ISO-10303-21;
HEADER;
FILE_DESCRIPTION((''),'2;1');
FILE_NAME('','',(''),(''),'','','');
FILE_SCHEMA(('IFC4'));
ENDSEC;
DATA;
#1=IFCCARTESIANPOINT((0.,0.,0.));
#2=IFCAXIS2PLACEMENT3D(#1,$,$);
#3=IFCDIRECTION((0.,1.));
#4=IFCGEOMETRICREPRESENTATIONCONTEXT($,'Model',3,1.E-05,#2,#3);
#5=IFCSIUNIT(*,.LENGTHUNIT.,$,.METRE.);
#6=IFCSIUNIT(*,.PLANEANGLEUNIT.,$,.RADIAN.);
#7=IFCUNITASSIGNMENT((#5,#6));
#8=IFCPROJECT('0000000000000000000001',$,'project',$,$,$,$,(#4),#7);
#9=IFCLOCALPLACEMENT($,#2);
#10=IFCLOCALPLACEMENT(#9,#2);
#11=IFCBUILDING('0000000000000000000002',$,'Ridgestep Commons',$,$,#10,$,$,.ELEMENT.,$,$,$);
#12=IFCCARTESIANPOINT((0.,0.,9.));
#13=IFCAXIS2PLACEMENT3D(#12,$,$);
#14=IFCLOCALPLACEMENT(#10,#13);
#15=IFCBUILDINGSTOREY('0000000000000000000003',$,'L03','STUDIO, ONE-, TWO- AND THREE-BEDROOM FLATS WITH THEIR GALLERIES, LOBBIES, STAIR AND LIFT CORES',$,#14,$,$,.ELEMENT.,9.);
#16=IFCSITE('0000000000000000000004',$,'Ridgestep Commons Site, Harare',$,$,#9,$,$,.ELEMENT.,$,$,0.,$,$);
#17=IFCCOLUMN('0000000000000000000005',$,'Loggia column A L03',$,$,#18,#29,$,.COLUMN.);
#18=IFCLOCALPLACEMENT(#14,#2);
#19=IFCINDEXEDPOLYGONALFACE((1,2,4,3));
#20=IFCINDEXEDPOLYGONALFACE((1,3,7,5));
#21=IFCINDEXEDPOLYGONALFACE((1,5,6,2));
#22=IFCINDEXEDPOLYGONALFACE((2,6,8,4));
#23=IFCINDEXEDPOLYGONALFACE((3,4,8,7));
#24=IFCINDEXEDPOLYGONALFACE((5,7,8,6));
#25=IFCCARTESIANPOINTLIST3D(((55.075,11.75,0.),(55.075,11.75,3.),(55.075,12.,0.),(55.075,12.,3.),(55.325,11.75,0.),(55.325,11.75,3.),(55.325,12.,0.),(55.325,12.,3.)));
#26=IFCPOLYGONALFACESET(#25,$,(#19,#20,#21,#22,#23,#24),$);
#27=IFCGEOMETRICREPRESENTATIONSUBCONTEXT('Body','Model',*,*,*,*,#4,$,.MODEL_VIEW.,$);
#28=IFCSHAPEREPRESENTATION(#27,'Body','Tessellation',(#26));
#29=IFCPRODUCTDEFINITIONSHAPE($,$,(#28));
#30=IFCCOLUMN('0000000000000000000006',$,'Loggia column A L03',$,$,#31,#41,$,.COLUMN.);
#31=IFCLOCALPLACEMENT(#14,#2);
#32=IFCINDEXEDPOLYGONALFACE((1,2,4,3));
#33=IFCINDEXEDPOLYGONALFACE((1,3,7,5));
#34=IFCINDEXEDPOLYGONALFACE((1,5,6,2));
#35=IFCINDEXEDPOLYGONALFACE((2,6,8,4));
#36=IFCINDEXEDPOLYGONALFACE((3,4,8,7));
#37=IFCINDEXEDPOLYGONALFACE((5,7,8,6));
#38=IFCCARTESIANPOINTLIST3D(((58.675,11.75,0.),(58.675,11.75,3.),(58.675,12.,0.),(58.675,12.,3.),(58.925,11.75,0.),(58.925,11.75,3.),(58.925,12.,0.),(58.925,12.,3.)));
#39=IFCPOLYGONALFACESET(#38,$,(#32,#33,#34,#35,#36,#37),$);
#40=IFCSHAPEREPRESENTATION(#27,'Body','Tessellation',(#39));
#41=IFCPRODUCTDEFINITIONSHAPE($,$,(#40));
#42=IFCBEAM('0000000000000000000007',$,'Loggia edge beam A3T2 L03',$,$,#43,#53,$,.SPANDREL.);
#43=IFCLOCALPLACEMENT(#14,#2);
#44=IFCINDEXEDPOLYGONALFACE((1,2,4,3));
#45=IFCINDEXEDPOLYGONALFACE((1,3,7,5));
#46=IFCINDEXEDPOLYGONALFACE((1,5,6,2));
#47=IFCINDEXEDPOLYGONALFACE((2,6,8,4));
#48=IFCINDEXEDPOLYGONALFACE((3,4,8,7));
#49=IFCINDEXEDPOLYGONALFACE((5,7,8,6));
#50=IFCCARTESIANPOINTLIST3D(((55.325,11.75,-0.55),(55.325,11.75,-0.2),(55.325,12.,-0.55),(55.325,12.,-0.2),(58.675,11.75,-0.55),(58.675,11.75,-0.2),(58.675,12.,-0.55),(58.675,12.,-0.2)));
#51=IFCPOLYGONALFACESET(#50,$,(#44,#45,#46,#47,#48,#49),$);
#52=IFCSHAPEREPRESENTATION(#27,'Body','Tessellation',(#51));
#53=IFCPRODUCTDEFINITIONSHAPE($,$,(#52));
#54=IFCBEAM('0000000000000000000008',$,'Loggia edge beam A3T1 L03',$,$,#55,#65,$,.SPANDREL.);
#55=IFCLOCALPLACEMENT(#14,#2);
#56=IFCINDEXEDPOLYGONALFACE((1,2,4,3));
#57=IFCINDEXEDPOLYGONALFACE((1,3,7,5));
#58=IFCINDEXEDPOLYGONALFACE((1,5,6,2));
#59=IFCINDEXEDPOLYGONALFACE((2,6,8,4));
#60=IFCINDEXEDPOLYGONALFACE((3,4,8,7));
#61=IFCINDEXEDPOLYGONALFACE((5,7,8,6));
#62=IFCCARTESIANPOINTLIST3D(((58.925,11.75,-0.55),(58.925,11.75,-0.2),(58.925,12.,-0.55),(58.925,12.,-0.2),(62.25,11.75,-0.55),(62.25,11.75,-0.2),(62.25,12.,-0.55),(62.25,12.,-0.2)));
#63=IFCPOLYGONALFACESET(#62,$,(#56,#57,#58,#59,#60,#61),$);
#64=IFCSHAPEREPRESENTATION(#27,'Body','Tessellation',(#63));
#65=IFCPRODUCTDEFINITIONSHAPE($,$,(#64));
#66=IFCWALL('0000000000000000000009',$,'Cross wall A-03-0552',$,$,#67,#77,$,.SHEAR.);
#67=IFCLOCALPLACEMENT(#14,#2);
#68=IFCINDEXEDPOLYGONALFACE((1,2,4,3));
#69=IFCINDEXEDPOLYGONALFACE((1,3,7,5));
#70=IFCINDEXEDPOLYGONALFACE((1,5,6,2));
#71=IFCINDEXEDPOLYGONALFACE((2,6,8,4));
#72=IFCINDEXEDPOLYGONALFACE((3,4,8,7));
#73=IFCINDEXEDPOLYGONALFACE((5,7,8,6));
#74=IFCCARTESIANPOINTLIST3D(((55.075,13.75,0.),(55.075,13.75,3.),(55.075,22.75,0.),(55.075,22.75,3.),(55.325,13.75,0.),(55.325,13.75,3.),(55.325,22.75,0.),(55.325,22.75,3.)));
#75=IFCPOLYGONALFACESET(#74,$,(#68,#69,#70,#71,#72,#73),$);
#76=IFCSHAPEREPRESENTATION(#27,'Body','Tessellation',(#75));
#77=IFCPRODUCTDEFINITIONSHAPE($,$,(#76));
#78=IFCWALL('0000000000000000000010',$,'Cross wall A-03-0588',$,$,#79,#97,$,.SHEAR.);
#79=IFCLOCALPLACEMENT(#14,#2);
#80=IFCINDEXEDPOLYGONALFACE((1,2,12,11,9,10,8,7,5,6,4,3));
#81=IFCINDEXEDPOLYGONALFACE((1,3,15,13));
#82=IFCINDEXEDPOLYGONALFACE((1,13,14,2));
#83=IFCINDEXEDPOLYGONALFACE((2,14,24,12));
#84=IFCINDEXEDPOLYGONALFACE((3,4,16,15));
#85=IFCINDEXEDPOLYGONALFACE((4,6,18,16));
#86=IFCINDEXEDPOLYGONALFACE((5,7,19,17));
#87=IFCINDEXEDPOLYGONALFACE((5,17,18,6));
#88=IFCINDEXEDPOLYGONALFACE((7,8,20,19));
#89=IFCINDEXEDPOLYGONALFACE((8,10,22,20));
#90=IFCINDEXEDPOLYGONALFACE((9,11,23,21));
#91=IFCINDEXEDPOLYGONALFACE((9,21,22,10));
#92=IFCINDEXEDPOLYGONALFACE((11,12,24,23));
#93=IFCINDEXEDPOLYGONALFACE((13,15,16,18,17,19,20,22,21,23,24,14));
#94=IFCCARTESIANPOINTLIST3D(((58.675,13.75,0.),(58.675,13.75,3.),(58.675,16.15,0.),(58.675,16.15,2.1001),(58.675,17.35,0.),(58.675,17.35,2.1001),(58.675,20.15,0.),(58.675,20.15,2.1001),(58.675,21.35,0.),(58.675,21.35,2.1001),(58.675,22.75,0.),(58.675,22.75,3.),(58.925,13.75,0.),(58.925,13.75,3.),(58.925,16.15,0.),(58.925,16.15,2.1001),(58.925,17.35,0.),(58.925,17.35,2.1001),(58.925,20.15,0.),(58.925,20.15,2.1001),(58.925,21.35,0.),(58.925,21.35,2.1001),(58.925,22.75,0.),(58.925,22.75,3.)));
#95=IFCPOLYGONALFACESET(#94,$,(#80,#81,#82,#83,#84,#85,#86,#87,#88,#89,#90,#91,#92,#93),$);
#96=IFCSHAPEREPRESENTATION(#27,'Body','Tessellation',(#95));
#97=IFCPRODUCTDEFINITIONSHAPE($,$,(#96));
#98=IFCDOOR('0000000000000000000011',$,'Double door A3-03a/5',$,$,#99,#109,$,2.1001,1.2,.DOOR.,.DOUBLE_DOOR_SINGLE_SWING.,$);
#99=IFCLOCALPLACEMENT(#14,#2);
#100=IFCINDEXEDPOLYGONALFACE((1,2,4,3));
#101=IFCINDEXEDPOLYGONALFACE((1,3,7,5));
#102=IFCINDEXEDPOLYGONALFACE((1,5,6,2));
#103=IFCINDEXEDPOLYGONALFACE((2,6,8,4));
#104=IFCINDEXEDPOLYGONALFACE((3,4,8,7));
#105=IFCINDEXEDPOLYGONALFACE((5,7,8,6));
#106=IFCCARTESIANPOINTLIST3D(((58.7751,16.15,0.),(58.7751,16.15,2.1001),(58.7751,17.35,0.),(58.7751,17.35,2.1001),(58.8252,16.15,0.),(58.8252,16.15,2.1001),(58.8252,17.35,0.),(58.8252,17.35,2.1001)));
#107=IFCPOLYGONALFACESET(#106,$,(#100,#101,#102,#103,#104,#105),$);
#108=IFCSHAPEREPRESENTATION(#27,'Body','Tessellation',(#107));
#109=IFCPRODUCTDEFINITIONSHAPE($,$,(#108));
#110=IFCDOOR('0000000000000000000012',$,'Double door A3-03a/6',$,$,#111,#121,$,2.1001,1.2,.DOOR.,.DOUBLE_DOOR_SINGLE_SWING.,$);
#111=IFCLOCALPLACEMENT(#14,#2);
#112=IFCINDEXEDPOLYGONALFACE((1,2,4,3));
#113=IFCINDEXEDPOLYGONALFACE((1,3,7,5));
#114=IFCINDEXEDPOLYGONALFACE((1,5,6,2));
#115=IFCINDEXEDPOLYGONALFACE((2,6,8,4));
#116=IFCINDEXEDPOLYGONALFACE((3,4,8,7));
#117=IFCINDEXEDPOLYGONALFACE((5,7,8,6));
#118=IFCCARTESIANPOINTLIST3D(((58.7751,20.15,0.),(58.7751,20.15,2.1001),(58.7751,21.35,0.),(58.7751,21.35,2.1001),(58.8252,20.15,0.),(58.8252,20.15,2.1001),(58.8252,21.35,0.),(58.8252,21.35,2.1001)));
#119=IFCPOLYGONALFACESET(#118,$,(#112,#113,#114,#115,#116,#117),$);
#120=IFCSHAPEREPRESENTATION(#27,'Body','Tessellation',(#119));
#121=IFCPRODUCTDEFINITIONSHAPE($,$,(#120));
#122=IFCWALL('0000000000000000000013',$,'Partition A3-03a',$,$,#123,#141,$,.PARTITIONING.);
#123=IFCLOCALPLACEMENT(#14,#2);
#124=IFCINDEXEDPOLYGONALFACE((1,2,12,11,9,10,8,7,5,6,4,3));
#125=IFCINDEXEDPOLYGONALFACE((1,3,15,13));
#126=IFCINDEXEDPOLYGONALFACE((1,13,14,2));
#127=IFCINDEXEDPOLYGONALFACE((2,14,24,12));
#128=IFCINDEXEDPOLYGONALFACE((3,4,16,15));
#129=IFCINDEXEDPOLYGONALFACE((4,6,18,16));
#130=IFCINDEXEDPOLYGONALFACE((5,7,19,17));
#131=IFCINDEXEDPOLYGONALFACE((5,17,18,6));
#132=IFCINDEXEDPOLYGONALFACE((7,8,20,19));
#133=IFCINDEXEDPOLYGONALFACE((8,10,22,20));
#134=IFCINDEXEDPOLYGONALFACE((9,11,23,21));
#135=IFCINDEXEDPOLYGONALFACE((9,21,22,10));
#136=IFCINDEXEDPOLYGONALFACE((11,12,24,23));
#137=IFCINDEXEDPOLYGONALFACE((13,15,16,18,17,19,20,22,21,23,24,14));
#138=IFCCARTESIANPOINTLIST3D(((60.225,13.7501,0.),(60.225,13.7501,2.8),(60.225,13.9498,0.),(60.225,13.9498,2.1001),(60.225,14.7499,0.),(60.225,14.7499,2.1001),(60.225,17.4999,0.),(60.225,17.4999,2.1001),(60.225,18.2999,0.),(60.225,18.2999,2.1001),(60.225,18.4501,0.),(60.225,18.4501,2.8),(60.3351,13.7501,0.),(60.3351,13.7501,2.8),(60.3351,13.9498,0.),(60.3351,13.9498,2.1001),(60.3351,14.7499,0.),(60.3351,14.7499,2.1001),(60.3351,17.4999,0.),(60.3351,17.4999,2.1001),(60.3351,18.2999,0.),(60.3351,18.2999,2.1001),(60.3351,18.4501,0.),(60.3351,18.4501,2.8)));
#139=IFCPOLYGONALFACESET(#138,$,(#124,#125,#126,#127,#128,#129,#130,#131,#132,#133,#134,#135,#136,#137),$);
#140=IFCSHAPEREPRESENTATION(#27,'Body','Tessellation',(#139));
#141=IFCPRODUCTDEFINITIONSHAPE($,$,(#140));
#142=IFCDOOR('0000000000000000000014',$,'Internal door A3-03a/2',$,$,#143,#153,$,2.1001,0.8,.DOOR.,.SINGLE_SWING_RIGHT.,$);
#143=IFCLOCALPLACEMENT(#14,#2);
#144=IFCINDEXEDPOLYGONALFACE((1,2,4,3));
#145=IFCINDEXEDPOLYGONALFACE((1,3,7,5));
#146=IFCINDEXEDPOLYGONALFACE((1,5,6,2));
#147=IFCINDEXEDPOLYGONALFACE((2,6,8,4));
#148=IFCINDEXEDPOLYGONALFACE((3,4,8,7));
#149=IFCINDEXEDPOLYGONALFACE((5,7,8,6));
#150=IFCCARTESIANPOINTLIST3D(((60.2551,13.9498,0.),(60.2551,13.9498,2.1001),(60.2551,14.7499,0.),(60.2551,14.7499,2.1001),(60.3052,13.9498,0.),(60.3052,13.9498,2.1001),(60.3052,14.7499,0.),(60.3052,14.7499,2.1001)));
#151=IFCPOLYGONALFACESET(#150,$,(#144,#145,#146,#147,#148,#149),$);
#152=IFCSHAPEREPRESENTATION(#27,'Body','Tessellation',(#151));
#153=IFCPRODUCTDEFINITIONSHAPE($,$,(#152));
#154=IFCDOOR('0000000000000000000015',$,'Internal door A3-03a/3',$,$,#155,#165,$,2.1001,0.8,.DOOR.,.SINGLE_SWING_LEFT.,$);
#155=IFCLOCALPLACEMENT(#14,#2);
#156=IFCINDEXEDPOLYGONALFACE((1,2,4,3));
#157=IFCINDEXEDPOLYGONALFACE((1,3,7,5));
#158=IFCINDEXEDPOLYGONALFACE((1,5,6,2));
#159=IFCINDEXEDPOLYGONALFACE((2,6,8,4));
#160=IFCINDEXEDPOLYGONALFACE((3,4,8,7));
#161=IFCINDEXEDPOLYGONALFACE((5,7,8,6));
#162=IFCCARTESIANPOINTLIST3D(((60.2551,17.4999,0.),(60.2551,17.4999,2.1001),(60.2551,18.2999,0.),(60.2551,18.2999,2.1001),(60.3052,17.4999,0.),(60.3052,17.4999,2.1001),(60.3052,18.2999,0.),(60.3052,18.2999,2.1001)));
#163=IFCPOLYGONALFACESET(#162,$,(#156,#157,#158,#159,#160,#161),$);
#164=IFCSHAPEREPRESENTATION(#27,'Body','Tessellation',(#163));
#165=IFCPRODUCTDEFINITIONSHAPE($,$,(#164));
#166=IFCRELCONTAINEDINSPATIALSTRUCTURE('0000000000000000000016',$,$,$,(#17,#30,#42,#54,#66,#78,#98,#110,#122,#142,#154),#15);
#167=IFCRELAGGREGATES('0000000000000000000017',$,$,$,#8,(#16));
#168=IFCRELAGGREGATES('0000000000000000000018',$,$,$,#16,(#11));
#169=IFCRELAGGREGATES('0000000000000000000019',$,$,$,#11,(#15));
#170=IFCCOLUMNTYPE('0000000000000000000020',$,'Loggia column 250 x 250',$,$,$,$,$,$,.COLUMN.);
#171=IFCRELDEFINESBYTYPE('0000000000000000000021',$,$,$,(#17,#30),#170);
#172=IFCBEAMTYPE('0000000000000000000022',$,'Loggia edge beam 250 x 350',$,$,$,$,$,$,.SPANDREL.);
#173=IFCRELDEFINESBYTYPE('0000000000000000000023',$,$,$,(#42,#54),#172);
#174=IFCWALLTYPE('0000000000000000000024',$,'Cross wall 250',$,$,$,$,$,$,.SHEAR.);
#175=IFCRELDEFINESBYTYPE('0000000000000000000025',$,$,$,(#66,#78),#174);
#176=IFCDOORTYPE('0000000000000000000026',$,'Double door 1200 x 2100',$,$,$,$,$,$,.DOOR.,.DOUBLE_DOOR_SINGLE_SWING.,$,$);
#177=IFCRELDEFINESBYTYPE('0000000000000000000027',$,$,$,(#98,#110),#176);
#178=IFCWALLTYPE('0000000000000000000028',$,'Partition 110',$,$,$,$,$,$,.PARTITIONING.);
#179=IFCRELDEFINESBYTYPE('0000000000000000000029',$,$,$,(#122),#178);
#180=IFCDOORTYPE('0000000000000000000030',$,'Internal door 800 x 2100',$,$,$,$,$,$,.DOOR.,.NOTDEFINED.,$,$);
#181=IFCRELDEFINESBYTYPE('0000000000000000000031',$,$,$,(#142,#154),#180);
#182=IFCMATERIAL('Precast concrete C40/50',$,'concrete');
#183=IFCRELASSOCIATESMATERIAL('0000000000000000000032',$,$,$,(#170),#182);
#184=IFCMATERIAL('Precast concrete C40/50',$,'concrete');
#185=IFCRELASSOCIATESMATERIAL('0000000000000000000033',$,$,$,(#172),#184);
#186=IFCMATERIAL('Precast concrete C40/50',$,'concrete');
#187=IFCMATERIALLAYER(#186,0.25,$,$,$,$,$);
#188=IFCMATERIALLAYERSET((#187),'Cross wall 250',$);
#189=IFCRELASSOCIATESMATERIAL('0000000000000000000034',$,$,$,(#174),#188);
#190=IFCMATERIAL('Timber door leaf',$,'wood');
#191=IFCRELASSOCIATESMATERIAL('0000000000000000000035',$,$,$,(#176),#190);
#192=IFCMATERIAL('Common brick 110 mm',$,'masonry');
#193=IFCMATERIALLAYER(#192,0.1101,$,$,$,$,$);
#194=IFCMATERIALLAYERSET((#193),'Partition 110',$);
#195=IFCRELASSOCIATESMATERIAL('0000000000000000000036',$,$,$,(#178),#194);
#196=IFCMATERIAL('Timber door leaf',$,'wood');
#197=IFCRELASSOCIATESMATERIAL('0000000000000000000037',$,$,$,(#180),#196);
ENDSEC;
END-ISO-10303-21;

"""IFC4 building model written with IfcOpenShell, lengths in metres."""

from ifc_helpers import new_model, si_unit, direction, frame, frame_2d, origin, origin_2d, place, context, subcontext, project, spatial, rectangle, extrude, material, layer, layer_set, material_profile, profile_set, type_object, element, fill, save


model = new_model("IFC4")

# Units and contexts
model_context = context("Model", 3, precision=1e-05, world=origin(), true_north=direction((0.0, 1.0)))
body_context = subcontext(model_context, "Body", "Model", "MODEL_VIEW")
ifc_project = project(units=[si_unit("LENGTHUNIT", "METRE"), si_unit("PLANEANGLEUNIT", "RADIAN")], contexts=[model_context])

# Site, building, storey
site_placement = place(None, origin())
site = spatial("IfcSite", under=ifc_project, at=site_placement, Name="Ridgestep Commons Site, Harare", CompositionType="ELEMENT", RefElevation=0.0)
building_placement = place(site_placement, origin())
building = spatial("IfcBuilding", under=site, at=building_placement, Name="Ridgestep Commons", CompositionType="ELEMENT")
storey_placement = place(building_placement, frame((0.0, 0.0, 9.0)))
storey = spatial("IfcBuildingStorey", under=building, at=storey_placement, Name="L03", Description="STUDIO, ONE-, TWO- AND THREE-BEDROOM FLATS WITH THEIR GALLERIES, LOBBIES, STAIR AND LIFT CORES", CompositionType="ELEMENT", Elevation=9.0)

# Columns
ifc_material_1 = material(Name="Precast concrete C40/50", Category="concrete")
ifc_material_profile_1 = material_profile(ifc_material_1, rectangle(XDim=0.25, YDim=0.25, at=origin_2d()), Name="PC 250x250")
ifc_profile_set_1 = profile_set([ifc_material_profile_1], Name="Precast concrete C40/50")
column_type = type_object("IfcColumnType", Name="Loggia column 250 x 250", PredefinedType="COLUMN", material=ifc_profile_set_1)
for number, where, z_axis, x_axis, name in (
    (1, (55.2, 11.875, 0.0), (0.0, 0.0, 1.0), (1.0, 0.0, 0.0), "Loggia column A L03"),
    (2, (58.8, 11.875, 0.0), (0.0, 0.0, 1.0), (1.0, 0.0, 0.0), "Loggia column A L03"),
):
    element("IfcColumn", number, at=place(storey_placement, frame(where, z_axis=z_axis, x_axis=x_axis)), inside=storey, type_object=column_type, Name=name, PredefinedType="COLUMN", context=body_context, shape_type="SweptSolid", body=[
        extrude(rectangle(XDim=0.25, YDim=0.25, at=origin_2d()), origin(), (0.0, 0.0, 1.0), 3.0),
    ])

# Beams
ifc_material_2 = material(Name="Precast concrete C40/50", Category="concrete")
ifc_material_profile_2 = material_profile(ifc_material_2, rectangle(XDim=0.25, YDim=0.3501, at=origin_2d()), Name="PC 250x350")
ifc_profile_set_2 = profile_set([ifc_material_profile_2], Name="Precast concrete C40/50")
beam_type = type_object("IfcBeamType", Name="Loggia edge beam 250 x 350", PredefinedType="SPANDREL", material=ifc_profile_set_2)
beam_1_placement = place(storey_placement, frame((55.325, 11.875, -0.375), z_axis=(1.0, 0.0, 0.0), x_axis=(0.0, 1.0, 0.0)))
element("IfcBeam", 3, at=beam_1_placement, inside=storey, type_object=beam_type, Name="Loggia edge beam A3T2 L03", PredefinedType="SPANDREL", context=body_context, shape_type="SweptSolid", body=[
    extrude(rectangle(XDim=0.25, YDim=0.3501, at=origin_2d()), origin(), (0.0, 0.0, 1.0), 3.3501),
])
beam_2_placement = place(storey_placement, frame((58.925, 11.875, -0.375), z_axis=(1.0, 0.0, 0.0), x_axis=(0.0, 1.0, 0.0)))
element("IfcBeam", 4, at=beam_2_placement, inside=storey, type_object=beam_type, Name="Loggia edge beam A3T1 L03", PredefinedType="SPANDREL", context=body_context, shape_type="SweptSolid", body=[
    extrude(rectangle(XDim=0.25, YDim=0.3501, at=origin_2d()), origin(), (0.0, 0.0, 1.0), 3.325),
])

# Wall
ifc_material_3 = material(Name="Precast concrete C40/50", Category="concrete")
ifc_layer_1 = layer(ifc_material_3, 0.25)
ifc_layer_set_1 = layer_set([ifc_layer_1], Name="Cross wall 250")
wall_type_1 = type_object("IfcWallType", Name="Cross wall 250", PredefinedType="SHEAR", material=ifc_layer_set_1)
wall_1_placement = place(storey_placement, frame((55.2, 13.75, 0.0), z_axis=(0.0, 0.0, 1.0), x_axis=(0.0, 1.0, 0.0)))
element("IfcWall", 5, at=wall_1_placement, inside=storey, type_object=wall_type_1, Name="Cross wall A-03-0552", PredefinedType="SHEAR", context=body_context, shape_type="SweptSolid", body=[
    extrude(rectangle(XDim=9.0, YDim=0.25, at=frame_2d((4.5, 0.0))), origin(), (0.0, 0.0, 1.0), 3.0),
])

# Walls, openings, doors
wall_2_placement = place(storey_placement, frame((58.8, 13.75, 0.0), z_axis=(0.0, 0.0, 1.0), x_axis=(0.0, 1.0, 0.0)))
wall_2 = element("IfcWall", 6, at=wall_2_placement, inside=storey, type_object=wall_type_1, Name="Cross wall A-03-0588", PredefinedType="SHEAR", context=body_context, shape_type="SweptSolid", body=[
    extrude(rectangle(XDim=9.0, YDim=0.25, at=frame_2d((4.5, 0.0))), origin(), (0.0, 0.0, 1.0), 3.0),
])
opening_1_placement = place(wall_2_placement, frame((2.3999, 0.0, 0.0)))
opening_1 = element("IfcOpeningElement", 7, at=opening_1_placement, cuts=wall_2, PredefinedType="OPENING", context=body_context, shape_type="SweptSolid", body=[
    extrude(rectangle(XDim=1.2, YDim=2.1001, at=frame_2d((0.6001, 1.05))), frame((0.0, 0.135, 0.0), z_axis=(0.0, -1.0, 0.0), x_axis=(1.0, 0.0, 0.0)), (0.0, 0.0, 1.0), 0.27),
])
opening_2_placement = place(wall_2_placement, frame((6.3999, 0.0, 0.0)))
opening_2 = element("IfcOpeningElement", 8, at=opening_2_placement, cuts=wall_2, PredefinedType="OPENING", context=body_context, shape_type="SweptSolid", body=[
    extrude(rectangle(XDim=1.2, YDim=2.1001, at=frame_2d((0.6001, 1.05))), frame((0.0, 0.135, 0.0), z_axis=(0.0, -1.0, 0.0), x_axis=(1.0, 0.0, 0.0)), (0.0, 0.0, 1.0), 0.27),
])
ifc_material_4 = material(Name="Timber door leaf", Category="wood")
door_type_1 = type_object("IfcDoorType", Name="Double door 1200 x 2100", OperationType="DOUBLE_DOOR_SINGLE_SWING", PredefinedType="DOOR", material=ifc_material_4)
door_1_placement = place(opening_1_placement, origin())
door_1 = element("IfcDoor", 9, at=door_1_placement, inside=storey, type_object=door_type_1, Name="Double door A3-03a/5", OperationType="DOUBLE_DOOR_SINGLE_SWING", OverallHeight=2.1001, OverallWidth=1.2, PredefinedType="DOOR", context=body_context, shape_type="SweptSolid", body=[
    extrude(rectangle(XDim=1.2, YDim=2.1001, at=frame_2d((0.6001, 1.05))), frame((0.0, 0.0249, 0.0), z_axis=(0.0, -1.0, 0.0), x_axis=(1.0, 0.0, 0.0)), (0.0, 0.0, 1.0), 0.05),
])
fill(opening_1, door_1)
door_2_placement = place(opening_2_placement, origin())
door_2 = element("IfcDoor", 10, at=door_2_placement, inside=storey, type_object=door_type_1, Name="Double door A3-03a/6", OperationType="DOUBLE_DOOR_SINGLE_SWING", OverallHeight=2.1001, OverallWidth=1.2, PredefinedType="DOOR", context=body_context, shape_type="SweptSolid", body=[
    extrude(rectangle(XDim=1.2, YDim=2.1001, at=frame_2d((0.6001, 1.05))), frame((0.0, 0.0249, 0.0), z_axis=(0.0, -1.0, 0.0), x_axis=(1.0, 0.0, 0.0)), (0.0, 0.0, 1.0), 0.05),
])
fill(opening_2, door_2)
ifc_material_5 = material(Name="Common brick 110 mm", Category="masonry")
ifc_layer_2 = layer(ifc_material_5, 0.1101)
ifc_layer_set_2 = layer_set([ifc_layer_2], Name="Partition 110")
wall_type_2 = type_object("IfcWallType", Name="Partition 110", PredefinedType="PARTITIONING", material=ifc_layer_set_2)
wall_3_placement = place(storey_placement, frame((60.28, 13.75, 0.0), z_axis=(0.0, 0.0, 1.0), x_axis=(0.0, 1.0, 0.0)))
wall_3 = element("IfcWall", 11, at=wall_3_placement, inside=storey, type_object=wall_type_2, Name="Partition A3-03a", PredefinedType="PARTITIONING", context=body_context, shape_type="SweptSolid", body=[
    extrude(rectangle(XDim=4.7, YDim=0.1101, at=frame_2d((2.3501, 0.0))), origin(), (0.0, 0.0, 1.0), 2.8),
])
opening_3_placement = place(wall_3_placement, frame((0.2, 0.0, 0.0)))
opening_3 = element("IfcOpeningElement", 12, at=opening_3_placement, cuts=wall_3, PredefinedType="OPENING", context=body_context, shape_type="SweptSolid", body=[
    extrude(rectangle(XDim=0.8, YDim=2.1001, at=frame_2d((0.3999, 1.05))), frame((0.0, 0.0649, 0.0), z_axis=(0.0, -1.0, 0.0), x_axis=(1.0, 0.0, 0.0)), (0.0, 0.0, 1.0), 0.1301),
])
opening_4_placement = place(wall_3_placement, frame((3.75, 0.0, 0.0)))
opening_4 = element("IfcOpeningElement", 13, at=opening_4_placement, cuts=wall_3, PredefinedType="OPENING", context=body_context, shape_type="SweptSolid", body=[
    extrude(rectangle(XDim=0.8, YDim=2.1001, at=frame_2d((0.3999, 1.05))), frame((0.0, 0.0649, 0.0), z_axis=(0.0, -1.0, 0.0), x_axis=(1.0, 0.0, 0.0)), (0.0, 0.0, 1.0), 0.1301),
])
ifc_material_6 = material(Name="Timber door leaf", Category="wood")
door_type_2 = type_object("IfcDoorType", Name="Internal door 800 x 2100", OperationType="NOTDEFINED", PredefinedType="DOOR", material=ifc_material_6)
door_3_placement = place(opening_3_placement, origin())
door_3 = element("IfcDoor", 14, at=door_3_placement, inside=storey, type_object=door_type_2, Name="Internal door A3-03a/2", OperationType="SINGLE_SWING_RIGHT", OverallHeight=2.1001, OverallWidth=0.8, PredefinedType="DOOR", context=body_context, shape_type="SweptSolid", body=[
    extrude(rectangle(XDim=0.8, YDim=2.1001, at=frame_2d((0.3999, 1.05))), frame((0.0, 0.0249, 0.0), z_axis=(0.0, -1.0, 0.0), x_axis=(1.0, 0.0, 0.0)), (0.0, 0.0, 1.0), 0.05),
])
fill(opening_3, door_3)
door_4_placement = place(opening_4_placement, origin())
door_4 = element("IfcDoor", 15, at=door_4_placement, inside=storey, type_object=door_type_2, Name="Internal door A3-03a/3", OperationType="SINGLE_SWING_LEFT", OverallHeight=2.1001, OverallWidth=0.8, PredefinedType="DOOR", context=body_context, shape_type="SweptSolid", body=[
    extrude(rectangle(XDim=0.8, YDim=2.1001, at=frame_2d((0.3999, 1.05))), frame((0.0, 0.0249, 0.0), z_axis=(0.0, -1.0, 0.0), x_axis=(1.0, 0.0, 0.0)), (0.0, 0.0, 1.0), 0.05),
])
fill(opening_4, door_4)

save(model, "model.ifc")
